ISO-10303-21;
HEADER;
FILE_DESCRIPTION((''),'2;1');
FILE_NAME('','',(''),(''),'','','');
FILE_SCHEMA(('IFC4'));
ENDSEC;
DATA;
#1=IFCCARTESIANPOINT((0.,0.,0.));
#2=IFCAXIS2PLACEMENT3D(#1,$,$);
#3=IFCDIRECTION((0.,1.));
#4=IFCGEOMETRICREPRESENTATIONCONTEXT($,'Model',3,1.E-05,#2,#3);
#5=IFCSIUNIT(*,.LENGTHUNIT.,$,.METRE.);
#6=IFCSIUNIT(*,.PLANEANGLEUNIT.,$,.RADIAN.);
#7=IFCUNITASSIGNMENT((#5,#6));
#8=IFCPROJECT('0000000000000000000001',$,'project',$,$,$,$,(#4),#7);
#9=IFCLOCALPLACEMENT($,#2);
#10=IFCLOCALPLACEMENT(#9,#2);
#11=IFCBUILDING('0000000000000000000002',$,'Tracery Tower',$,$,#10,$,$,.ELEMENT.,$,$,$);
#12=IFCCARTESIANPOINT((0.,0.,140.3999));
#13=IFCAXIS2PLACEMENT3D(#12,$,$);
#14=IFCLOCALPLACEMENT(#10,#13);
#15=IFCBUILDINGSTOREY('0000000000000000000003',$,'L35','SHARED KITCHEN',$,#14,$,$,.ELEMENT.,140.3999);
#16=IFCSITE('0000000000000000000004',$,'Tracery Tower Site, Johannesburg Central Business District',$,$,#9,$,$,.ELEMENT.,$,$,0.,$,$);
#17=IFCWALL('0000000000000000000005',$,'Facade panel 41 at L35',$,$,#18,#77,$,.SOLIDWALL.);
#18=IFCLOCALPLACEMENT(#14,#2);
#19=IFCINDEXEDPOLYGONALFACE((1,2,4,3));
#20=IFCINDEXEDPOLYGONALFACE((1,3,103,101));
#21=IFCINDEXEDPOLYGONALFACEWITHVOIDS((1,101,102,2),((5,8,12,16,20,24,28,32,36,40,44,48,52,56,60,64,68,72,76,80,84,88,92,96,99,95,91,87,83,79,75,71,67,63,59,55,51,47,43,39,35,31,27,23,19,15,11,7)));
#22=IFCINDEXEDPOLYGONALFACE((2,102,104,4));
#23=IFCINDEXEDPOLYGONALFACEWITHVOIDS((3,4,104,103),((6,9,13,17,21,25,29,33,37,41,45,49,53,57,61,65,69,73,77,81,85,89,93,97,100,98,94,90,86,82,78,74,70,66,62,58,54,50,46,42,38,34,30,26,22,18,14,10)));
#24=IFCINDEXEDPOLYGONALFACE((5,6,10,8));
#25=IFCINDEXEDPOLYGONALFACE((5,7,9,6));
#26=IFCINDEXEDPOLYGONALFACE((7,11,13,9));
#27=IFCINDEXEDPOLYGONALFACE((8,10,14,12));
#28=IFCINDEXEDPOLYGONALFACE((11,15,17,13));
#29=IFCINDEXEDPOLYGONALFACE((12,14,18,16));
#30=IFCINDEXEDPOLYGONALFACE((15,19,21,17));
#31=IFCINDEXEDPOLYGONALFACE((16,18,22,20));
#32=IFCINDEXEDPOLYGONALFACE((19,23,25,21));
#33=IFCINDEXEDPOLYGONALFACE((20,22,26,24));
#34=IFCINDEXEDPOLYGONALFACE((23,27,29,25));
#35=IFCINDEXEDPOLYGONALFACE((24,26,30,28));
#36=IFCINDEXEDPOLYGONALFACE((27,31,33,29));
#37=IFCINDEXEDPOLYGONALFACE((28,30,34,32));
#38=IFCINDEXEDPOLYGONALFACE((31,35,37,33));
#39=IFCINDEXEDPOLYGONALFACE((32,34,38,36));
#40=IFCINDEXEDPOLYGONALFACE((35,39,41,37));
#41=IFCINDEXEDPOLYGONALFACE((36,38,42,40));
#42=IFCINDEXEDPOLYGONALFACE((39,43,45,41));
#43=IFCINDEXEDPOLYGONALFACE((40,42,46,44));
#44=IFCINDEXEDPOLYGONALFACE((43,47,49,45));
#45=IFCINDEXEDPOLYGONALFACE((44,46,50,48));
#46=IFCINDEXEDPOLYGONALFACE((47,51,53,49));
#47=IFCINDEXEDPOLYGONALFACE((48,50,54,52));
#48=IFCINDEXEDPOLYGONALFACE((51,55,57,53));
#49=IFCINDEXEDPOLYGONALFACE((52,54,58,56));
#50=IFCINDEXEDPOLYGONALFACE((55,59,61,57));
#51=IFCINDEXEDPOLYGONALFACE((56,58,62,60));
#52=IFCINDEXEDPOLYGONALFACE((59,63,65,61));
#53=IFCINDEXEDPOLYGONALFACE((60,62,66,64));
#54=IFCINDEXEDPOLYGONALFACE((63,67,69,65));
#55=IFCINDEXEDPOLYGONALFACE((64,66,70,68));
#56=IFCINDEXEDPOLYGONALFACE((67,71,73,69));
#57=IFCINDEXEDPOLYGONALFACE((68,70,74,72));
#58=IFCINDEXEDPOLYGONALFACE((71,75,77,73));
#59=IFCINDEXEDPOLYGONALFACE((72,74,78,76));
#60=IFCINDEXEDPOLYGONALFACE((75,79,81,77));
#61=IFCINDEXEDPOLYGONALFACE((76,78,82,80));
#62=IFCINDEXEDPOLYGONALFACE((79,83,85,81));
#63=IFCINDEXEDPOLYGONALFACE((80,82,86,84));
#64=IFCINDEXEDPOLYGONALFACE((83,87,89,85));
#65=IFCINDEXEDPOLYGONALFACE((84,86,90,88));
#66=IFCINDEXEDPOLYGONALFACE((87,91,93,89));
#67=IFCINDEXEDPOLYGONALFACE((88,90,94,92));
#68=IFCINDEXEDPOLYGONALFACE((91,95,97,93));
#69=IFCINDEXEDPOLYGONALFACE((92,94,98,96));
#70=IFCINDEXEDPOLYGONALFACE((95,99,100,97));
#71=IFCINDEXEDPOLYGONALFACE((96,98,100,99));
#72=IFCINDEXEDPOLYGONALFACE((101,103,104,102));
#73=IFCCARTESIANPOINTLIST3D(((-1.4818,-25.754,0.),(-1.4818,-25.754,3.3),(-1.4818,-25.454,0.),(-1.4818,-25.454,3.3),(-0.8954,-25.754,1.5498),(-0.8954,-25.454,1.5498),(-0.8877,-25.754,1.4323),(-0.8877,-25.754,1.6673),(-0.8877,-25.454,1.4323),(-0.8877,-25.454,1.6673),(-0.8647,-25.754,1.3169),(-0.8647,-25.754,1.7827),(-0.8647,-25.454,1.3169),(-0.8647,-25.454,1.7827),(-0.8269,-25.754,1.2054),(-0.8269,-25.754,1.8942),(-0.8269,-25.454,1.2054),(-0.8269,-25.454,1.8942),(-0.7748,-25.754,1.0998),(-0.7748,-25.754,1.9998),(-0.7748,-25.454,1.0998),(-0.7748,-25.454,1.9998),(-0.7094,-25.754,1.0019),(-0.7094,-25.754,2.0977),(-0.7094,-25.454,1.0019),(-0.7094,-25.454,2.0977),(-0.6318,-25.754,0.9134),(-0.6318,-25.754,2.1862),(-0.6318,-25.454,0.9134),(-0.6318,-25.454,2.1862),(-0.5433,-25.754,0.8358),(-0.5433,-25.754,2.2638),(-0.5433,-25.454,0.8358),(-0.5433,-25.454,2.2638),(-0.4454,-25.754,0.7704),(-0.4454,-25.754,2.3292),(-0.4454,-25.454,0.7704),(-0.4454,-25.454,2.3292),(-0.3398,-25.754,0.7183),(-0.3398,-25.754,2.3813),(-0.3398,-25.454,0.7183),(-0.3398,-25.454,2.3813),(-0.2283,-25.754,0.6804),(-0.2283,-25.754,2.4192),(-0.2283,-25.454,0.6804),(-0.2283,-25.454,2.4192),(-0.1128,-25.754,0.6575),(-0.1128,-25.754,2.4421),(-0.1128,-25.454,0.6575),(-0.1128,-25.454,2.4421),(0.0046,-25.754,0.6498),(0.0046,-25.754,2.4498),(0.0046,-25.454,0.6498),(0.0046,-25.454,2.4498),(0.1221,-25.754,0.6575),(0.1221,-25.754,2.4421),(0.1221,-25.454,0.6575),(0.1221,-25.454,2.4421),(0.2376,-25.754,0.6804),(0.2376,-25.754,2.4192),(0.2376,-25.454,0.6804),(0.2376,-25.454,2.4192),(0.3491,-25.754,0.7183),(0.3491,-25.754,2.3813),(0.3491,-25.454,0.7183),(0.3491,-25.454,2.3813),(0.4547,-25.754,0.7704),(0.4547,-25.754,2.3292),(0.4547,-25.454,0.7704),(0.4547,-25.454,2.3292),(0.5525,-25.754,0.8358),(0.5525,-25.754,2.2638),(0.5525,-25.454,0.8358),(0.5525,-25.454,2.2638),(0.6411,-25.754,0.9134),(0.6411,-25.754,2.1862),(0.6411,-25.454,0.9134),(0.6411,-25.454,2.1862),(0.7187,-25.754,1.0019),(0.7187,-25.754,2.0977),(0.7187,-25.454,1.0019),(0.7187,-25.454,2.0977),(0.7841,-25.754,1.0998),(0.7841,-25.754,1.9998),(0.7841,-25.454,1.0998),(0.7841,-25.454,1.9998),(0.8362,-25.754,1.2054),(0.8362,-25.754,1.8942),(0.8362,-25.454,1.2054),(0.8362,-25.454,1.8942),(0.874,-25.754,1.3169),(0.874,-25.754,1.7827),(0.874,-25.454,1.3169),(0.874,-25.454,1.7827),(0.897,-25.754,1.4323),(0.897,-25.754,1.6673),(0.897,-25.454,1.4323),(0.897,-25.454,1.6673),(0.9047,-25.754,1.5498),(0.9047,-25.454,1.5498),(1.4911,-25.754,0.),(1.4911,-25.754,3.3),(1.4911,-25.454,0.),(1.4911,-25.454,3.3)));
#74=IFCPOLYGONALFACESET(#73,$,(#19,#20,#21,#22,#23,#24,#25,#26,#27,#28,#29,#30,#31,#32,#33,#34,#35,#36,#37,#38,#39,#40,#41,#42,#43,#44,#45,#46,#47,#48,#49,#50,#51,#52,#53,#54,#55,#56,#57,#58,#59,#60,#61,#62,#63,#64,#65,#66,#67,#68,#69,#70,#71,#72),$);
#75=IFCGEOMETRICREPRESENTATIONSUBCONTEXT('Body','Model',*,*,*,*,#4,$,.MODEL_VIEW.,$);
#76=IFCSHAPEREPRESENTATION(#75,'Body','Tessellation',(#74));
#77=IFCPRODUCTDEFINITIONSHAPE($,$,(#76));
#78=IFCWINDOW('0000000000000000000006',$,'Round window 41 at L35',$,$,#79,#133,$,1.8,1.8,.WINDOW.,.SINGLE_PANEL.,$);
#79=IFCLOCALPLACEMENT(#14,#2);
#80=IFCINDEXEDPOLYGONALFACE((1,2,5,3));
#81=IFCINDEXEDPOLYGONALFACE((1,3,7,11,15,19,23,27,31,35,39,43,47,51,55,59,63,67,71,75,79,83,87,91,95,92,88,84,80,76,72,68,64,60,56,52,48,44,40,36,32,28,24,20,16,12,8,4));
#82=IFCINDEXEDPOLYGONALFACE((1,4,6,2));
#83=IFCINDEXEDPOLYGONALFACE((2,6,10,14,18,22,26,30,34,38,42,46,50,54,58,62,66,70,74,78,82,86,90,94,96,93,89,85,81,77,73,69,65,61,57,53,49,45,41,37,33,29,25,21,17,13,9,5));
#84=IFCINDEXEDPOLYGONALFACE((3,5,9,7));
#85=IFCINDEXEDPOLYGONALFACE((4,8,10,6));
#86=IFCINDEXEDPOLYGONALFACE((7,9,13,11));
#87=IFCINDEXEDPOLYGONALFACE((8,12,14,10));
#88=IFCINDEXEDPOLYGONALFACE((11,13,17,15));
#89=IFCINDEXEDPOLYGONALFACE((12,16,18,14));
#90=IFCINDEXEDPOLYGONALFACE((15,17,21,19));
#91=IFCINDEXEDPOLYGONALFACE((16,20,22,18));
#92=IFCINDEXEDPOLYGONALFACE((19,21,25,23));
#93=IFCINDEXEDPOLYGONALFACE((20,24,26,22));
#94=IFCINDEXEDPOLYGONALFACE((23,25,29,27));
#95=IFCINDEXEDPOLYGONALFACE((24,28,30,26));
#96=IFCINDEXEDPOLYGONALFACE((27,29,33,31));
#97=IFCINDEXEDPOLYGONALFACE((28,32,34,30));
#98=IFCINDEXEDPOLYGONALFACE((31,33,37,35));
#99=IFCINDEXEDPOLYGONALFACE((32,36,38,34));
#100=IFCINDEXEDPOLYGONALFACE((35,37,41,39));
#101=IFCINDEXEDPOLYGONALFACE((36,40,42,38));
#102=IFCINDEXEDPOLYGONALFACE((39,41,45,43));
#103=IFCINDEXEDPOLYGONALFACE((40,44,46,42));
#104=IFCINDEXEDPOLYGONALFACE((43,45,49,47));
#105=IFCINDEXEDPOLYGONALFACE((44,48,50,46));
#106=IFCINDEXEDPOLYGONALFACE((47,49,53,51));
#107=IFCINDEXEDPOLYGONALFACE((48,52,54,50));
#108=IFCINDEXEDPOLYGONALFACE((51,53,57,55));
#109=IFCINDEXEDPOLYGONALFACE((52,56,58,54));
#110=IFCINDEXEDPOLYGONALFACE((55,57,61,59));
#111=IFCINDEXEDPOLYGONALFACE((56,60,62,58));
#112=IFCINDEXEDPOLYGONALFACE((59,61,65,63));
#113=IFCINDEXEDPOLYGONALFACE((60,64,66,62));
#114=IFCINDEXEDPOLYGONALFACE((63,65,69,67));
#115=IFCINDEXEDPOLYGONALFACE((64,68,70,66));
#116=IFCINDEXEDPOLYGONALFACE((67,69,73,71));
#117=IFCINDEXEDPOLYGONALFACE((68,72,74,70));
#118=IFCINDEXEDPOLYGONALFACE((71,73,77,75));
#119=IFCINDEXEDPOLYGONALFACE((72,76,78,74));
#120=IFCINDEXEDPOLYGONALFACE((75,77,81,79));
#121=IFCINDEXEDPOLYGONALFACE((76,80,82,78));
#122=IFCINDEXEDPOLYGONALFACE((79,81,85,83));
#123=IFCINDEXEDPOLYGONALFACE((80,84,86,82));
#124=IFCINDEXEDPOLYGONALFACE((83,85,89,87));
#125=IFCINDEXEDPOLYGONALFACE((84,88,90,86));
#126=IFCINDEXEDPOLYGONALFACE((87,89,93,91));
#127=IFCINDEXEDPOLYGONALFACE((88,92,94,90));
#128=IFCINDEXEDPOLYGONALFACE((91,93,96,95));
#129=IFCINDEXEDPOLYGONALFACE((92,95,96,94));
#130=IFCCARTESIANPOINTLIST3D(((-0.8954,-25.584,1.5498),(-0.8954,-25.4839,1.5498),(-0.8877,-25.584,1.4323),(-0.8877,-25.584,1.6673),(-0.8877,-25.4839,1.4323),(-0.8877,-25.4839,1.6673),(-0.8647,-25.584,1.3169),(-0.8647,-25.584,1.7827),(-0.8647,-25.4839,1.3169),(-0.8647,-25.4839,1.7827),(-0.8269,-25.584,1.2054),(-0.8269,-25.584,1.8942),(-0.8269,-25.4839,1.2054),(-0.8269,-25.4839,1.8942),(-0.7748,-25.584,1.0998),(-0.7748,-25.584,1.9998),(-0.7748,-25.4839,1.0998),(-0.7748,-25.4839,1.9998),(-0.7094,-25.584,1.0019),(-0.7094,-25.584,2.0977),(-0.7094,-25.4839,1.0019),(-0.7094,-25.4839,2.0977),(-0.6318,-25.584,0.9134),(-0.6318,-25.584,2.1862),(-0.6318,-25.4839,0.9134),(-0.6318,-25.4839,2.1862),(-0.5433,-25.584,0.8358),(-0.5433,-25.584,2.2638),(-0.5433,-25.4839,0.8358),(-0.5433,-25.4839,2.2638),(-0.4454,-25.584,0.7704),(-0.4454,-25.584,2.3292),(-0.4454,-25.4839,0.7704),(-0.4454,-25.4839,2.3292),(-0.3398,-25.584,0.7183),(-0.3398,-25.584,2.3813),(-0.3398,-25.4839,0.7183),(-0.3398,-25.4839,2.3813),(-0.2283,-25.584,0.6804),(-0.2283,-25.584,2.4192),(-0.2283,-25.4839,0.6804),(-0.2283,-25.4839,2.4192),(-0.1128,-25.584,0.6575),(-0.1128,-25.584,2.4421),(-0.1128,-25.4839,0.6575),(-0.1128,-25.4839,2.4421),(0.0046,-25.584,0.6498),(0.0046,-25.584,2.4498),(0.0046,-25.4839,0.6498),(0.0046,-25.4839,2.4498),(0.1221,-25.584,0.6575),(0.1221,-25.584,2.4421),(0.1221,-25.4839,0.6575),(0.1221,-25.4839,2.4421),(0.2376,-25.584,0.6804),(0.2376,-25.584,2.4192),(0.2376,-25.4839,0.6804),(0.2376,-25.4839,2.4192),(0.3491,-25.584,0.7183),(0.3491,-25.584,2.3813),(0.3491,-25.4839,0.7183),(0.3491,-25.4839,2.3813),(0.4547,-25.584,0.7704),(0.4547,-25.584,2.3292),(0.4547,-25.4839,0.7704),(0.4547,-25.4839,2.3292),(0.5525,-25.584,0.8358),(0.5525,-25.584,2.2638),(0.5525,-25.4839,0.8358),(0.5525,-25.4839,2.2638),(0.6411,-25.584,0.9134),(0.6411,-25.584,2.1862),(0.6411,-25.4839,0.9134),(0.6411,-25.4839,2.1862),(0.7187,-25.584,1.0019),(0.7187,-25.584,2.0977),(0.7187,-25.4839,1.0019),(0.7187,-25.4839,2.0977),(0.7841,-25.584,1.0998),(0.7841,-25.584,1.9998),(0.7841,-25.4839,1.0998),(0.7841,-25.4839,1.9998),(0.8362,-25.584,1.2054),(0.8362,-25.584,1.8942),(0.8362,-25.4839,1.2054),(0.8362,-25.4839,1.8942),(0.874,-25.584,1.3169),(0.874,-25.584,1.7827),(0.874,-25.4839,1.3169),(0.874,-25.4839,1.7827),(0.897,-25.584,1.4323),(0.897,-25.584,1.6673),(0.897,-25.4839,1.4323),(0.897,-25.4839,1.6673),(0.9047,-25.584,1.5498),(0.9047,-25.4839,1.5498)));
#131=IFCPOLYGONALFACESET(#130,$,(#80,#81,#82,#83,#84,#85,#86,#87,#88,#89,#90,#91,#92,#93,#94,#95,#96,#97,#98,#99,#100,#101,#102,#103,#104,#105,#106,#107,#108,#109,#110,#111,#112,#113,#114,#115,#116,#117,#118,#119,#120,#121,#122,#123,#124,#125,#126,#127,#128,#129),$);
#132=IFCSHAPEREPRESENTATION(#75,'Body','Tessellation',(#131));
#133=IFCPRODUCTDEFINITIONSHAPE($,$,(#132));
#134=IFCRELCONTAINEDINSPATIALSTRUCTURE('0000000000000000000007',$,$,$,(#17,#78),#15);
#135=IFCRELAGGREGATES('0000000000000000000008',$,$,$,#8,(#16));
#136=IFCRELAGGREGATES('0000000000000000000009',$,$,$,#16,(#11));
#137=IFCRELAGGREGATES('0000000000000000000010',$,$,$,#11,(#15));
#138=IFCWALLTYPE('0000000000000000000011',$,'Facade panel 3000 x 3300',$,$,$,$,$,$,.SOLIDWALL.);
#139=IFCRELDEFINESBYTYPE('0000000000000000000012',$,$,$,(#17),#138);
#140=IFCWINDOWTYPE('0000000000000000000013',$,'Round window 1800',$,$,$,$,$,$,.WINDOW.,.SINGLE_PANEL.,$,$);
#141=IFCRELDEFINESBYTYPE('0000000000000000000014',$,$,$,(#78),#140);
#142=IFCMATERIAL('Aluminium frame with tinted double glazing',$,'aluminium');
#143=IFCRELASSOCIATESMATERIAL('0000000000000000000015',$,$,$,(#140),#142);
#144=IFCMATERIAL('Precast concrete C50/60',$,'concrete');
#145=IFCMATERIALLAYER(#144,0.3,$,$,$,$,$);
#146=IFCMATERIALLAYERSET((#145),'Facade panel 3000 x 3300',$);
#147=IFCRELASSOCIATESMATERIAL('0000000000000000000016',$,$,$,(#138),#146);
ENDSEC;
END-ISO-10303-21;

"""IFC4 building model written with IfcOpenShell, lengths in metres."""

from ifc_helpers import new_model, si_unit, direction, frame, frame_2d, origin, origin_2d, place, context, subcontext, project, spatial, rectangle, circle, extrude, material, layer, layer_set, type_object, element, fill, save


model = new_model("IFC4")

# Units and contexts
model_context = context("Model", 3, precision=1e-05, world=origin(), true_north=direction((0.0, 1.0)))
body_context = subcontext(model_context, "Body", "Model", "MODEL_VIEW")
ifc_project = project(units=[si_unit("LENGTHUNIT", "METRE"), si_unit("PLANEANGLEUNIT", "RADIAN")], contexts=[model_context])

# Site, building, storey
site_placement = place(None, origin())
site = spatial("IfcSite", under=ifc_project, at=site_placement, Name="Tracery Tower Site, Johannesburg Central Business District", CompositionType="ELEMENT", RefElevation=0.0)
building_placement = place(site_placement, origin())
building = spatial("IfcBuilding", under=site, at=building_placement, Name="Tracery Tower", CompositionType="ELEMENT")
storey_placement = place(building_placement, frame((0.0, 0.0, 140.3999)))
storey = spatial("IfcBuildingStorey", under=building, at=storey_placement, Name="L35", Description="SHARED KITCHEN", CompositionType="ELEMENT", Elevation=140.3999)

# Wall, opening, window
ifc_material_1 = material(Name="Aluminium frame with tinted double glazing", Category="aluminium")
window_type = type_object("IfcWindowType", Name="Round window 1800", PartitioningType="SINGLE_PANEL", PredefinedType="WINDOW", material=ifc_material_1)
ifc_material_2 = material(Name="Precast concrete C50/60", Category="concrete")
ifc_layer_1 = layer(ifc_material_2, 0.3)
ifc_layer_set_1 = layer_set([ifc_layer_1], Name="Facade panel 3000 x 3300")
wall_type_1 = type_object("IfcWallType", Name="Facade panel 3000 x 3300", PredefinedType="SOLIDWALL", material=ifc_layer_set_1)
wall_1_placement = place(storey_placement, frame((-1.4817, -25.604, 0.0), z_axis=(0.0, 0.0, 1.0), x_axis=(1.0, 0.0, 0.0)))
wall_1 = element("IfcWall", 1, at=wall_1_placement, inside=storey, type_object=wall_type_1, Name="Facade panel 41 at L35", PredefinedType="SOLIDWALL", context=body_context, shape_type="SweptSolid", body=[
    extrude(rectangle(XDim=2.9729, YDim=0.3, at=frame_2d((1.4863, 0.0))), origin(), (0.0, 0.0, 1.0), 3.3),
])
opening_1_placement = place(wall_1_placement, frame((1.4863, 0.0, 1.5498)))
opening_1 = element("IfcOpeningElement", 2, at=opening_1_placement, cuts=wall_1, PredefinedType="OPENING", context=body_context, shape_type="SweptSolid", body=[
    extrude(circle(Radius=0.9, at=origin_2d()), frame((0.0, 0.1599, 0.0), z_axis=(0.0, -1.0, 0.0), x_axis=(1.0, 0.0, 0.0)), (0.0, 0.0, 1.0), 0.3201),
])
window_1_placement = place(opening_1_placement, origin())
window_1 = element("IfcWindow", 3, at=window_1_placement, inside=storey, type_object=window_type, Name="Round window 41 at L35", OverallHeight=1.8, OverallWidth=1.8, PartitioningType="SINGLE_PANEL", PredefinedType="WINDOW", context=body_context, shape_type="SweptSolid", body=[
    extrude(circle(Radius=0.9, at=origin_2d()), frame((0.0, 0.1201, 0.0), z_axis=(0.0, -1.0, 0.0), x_axis=(1.0, 0.0, 0.0)), (0.0, 0.0, 1.0), 0.1001),
])
fill(opening_1, window_1)

save(model, "model.ifc")
